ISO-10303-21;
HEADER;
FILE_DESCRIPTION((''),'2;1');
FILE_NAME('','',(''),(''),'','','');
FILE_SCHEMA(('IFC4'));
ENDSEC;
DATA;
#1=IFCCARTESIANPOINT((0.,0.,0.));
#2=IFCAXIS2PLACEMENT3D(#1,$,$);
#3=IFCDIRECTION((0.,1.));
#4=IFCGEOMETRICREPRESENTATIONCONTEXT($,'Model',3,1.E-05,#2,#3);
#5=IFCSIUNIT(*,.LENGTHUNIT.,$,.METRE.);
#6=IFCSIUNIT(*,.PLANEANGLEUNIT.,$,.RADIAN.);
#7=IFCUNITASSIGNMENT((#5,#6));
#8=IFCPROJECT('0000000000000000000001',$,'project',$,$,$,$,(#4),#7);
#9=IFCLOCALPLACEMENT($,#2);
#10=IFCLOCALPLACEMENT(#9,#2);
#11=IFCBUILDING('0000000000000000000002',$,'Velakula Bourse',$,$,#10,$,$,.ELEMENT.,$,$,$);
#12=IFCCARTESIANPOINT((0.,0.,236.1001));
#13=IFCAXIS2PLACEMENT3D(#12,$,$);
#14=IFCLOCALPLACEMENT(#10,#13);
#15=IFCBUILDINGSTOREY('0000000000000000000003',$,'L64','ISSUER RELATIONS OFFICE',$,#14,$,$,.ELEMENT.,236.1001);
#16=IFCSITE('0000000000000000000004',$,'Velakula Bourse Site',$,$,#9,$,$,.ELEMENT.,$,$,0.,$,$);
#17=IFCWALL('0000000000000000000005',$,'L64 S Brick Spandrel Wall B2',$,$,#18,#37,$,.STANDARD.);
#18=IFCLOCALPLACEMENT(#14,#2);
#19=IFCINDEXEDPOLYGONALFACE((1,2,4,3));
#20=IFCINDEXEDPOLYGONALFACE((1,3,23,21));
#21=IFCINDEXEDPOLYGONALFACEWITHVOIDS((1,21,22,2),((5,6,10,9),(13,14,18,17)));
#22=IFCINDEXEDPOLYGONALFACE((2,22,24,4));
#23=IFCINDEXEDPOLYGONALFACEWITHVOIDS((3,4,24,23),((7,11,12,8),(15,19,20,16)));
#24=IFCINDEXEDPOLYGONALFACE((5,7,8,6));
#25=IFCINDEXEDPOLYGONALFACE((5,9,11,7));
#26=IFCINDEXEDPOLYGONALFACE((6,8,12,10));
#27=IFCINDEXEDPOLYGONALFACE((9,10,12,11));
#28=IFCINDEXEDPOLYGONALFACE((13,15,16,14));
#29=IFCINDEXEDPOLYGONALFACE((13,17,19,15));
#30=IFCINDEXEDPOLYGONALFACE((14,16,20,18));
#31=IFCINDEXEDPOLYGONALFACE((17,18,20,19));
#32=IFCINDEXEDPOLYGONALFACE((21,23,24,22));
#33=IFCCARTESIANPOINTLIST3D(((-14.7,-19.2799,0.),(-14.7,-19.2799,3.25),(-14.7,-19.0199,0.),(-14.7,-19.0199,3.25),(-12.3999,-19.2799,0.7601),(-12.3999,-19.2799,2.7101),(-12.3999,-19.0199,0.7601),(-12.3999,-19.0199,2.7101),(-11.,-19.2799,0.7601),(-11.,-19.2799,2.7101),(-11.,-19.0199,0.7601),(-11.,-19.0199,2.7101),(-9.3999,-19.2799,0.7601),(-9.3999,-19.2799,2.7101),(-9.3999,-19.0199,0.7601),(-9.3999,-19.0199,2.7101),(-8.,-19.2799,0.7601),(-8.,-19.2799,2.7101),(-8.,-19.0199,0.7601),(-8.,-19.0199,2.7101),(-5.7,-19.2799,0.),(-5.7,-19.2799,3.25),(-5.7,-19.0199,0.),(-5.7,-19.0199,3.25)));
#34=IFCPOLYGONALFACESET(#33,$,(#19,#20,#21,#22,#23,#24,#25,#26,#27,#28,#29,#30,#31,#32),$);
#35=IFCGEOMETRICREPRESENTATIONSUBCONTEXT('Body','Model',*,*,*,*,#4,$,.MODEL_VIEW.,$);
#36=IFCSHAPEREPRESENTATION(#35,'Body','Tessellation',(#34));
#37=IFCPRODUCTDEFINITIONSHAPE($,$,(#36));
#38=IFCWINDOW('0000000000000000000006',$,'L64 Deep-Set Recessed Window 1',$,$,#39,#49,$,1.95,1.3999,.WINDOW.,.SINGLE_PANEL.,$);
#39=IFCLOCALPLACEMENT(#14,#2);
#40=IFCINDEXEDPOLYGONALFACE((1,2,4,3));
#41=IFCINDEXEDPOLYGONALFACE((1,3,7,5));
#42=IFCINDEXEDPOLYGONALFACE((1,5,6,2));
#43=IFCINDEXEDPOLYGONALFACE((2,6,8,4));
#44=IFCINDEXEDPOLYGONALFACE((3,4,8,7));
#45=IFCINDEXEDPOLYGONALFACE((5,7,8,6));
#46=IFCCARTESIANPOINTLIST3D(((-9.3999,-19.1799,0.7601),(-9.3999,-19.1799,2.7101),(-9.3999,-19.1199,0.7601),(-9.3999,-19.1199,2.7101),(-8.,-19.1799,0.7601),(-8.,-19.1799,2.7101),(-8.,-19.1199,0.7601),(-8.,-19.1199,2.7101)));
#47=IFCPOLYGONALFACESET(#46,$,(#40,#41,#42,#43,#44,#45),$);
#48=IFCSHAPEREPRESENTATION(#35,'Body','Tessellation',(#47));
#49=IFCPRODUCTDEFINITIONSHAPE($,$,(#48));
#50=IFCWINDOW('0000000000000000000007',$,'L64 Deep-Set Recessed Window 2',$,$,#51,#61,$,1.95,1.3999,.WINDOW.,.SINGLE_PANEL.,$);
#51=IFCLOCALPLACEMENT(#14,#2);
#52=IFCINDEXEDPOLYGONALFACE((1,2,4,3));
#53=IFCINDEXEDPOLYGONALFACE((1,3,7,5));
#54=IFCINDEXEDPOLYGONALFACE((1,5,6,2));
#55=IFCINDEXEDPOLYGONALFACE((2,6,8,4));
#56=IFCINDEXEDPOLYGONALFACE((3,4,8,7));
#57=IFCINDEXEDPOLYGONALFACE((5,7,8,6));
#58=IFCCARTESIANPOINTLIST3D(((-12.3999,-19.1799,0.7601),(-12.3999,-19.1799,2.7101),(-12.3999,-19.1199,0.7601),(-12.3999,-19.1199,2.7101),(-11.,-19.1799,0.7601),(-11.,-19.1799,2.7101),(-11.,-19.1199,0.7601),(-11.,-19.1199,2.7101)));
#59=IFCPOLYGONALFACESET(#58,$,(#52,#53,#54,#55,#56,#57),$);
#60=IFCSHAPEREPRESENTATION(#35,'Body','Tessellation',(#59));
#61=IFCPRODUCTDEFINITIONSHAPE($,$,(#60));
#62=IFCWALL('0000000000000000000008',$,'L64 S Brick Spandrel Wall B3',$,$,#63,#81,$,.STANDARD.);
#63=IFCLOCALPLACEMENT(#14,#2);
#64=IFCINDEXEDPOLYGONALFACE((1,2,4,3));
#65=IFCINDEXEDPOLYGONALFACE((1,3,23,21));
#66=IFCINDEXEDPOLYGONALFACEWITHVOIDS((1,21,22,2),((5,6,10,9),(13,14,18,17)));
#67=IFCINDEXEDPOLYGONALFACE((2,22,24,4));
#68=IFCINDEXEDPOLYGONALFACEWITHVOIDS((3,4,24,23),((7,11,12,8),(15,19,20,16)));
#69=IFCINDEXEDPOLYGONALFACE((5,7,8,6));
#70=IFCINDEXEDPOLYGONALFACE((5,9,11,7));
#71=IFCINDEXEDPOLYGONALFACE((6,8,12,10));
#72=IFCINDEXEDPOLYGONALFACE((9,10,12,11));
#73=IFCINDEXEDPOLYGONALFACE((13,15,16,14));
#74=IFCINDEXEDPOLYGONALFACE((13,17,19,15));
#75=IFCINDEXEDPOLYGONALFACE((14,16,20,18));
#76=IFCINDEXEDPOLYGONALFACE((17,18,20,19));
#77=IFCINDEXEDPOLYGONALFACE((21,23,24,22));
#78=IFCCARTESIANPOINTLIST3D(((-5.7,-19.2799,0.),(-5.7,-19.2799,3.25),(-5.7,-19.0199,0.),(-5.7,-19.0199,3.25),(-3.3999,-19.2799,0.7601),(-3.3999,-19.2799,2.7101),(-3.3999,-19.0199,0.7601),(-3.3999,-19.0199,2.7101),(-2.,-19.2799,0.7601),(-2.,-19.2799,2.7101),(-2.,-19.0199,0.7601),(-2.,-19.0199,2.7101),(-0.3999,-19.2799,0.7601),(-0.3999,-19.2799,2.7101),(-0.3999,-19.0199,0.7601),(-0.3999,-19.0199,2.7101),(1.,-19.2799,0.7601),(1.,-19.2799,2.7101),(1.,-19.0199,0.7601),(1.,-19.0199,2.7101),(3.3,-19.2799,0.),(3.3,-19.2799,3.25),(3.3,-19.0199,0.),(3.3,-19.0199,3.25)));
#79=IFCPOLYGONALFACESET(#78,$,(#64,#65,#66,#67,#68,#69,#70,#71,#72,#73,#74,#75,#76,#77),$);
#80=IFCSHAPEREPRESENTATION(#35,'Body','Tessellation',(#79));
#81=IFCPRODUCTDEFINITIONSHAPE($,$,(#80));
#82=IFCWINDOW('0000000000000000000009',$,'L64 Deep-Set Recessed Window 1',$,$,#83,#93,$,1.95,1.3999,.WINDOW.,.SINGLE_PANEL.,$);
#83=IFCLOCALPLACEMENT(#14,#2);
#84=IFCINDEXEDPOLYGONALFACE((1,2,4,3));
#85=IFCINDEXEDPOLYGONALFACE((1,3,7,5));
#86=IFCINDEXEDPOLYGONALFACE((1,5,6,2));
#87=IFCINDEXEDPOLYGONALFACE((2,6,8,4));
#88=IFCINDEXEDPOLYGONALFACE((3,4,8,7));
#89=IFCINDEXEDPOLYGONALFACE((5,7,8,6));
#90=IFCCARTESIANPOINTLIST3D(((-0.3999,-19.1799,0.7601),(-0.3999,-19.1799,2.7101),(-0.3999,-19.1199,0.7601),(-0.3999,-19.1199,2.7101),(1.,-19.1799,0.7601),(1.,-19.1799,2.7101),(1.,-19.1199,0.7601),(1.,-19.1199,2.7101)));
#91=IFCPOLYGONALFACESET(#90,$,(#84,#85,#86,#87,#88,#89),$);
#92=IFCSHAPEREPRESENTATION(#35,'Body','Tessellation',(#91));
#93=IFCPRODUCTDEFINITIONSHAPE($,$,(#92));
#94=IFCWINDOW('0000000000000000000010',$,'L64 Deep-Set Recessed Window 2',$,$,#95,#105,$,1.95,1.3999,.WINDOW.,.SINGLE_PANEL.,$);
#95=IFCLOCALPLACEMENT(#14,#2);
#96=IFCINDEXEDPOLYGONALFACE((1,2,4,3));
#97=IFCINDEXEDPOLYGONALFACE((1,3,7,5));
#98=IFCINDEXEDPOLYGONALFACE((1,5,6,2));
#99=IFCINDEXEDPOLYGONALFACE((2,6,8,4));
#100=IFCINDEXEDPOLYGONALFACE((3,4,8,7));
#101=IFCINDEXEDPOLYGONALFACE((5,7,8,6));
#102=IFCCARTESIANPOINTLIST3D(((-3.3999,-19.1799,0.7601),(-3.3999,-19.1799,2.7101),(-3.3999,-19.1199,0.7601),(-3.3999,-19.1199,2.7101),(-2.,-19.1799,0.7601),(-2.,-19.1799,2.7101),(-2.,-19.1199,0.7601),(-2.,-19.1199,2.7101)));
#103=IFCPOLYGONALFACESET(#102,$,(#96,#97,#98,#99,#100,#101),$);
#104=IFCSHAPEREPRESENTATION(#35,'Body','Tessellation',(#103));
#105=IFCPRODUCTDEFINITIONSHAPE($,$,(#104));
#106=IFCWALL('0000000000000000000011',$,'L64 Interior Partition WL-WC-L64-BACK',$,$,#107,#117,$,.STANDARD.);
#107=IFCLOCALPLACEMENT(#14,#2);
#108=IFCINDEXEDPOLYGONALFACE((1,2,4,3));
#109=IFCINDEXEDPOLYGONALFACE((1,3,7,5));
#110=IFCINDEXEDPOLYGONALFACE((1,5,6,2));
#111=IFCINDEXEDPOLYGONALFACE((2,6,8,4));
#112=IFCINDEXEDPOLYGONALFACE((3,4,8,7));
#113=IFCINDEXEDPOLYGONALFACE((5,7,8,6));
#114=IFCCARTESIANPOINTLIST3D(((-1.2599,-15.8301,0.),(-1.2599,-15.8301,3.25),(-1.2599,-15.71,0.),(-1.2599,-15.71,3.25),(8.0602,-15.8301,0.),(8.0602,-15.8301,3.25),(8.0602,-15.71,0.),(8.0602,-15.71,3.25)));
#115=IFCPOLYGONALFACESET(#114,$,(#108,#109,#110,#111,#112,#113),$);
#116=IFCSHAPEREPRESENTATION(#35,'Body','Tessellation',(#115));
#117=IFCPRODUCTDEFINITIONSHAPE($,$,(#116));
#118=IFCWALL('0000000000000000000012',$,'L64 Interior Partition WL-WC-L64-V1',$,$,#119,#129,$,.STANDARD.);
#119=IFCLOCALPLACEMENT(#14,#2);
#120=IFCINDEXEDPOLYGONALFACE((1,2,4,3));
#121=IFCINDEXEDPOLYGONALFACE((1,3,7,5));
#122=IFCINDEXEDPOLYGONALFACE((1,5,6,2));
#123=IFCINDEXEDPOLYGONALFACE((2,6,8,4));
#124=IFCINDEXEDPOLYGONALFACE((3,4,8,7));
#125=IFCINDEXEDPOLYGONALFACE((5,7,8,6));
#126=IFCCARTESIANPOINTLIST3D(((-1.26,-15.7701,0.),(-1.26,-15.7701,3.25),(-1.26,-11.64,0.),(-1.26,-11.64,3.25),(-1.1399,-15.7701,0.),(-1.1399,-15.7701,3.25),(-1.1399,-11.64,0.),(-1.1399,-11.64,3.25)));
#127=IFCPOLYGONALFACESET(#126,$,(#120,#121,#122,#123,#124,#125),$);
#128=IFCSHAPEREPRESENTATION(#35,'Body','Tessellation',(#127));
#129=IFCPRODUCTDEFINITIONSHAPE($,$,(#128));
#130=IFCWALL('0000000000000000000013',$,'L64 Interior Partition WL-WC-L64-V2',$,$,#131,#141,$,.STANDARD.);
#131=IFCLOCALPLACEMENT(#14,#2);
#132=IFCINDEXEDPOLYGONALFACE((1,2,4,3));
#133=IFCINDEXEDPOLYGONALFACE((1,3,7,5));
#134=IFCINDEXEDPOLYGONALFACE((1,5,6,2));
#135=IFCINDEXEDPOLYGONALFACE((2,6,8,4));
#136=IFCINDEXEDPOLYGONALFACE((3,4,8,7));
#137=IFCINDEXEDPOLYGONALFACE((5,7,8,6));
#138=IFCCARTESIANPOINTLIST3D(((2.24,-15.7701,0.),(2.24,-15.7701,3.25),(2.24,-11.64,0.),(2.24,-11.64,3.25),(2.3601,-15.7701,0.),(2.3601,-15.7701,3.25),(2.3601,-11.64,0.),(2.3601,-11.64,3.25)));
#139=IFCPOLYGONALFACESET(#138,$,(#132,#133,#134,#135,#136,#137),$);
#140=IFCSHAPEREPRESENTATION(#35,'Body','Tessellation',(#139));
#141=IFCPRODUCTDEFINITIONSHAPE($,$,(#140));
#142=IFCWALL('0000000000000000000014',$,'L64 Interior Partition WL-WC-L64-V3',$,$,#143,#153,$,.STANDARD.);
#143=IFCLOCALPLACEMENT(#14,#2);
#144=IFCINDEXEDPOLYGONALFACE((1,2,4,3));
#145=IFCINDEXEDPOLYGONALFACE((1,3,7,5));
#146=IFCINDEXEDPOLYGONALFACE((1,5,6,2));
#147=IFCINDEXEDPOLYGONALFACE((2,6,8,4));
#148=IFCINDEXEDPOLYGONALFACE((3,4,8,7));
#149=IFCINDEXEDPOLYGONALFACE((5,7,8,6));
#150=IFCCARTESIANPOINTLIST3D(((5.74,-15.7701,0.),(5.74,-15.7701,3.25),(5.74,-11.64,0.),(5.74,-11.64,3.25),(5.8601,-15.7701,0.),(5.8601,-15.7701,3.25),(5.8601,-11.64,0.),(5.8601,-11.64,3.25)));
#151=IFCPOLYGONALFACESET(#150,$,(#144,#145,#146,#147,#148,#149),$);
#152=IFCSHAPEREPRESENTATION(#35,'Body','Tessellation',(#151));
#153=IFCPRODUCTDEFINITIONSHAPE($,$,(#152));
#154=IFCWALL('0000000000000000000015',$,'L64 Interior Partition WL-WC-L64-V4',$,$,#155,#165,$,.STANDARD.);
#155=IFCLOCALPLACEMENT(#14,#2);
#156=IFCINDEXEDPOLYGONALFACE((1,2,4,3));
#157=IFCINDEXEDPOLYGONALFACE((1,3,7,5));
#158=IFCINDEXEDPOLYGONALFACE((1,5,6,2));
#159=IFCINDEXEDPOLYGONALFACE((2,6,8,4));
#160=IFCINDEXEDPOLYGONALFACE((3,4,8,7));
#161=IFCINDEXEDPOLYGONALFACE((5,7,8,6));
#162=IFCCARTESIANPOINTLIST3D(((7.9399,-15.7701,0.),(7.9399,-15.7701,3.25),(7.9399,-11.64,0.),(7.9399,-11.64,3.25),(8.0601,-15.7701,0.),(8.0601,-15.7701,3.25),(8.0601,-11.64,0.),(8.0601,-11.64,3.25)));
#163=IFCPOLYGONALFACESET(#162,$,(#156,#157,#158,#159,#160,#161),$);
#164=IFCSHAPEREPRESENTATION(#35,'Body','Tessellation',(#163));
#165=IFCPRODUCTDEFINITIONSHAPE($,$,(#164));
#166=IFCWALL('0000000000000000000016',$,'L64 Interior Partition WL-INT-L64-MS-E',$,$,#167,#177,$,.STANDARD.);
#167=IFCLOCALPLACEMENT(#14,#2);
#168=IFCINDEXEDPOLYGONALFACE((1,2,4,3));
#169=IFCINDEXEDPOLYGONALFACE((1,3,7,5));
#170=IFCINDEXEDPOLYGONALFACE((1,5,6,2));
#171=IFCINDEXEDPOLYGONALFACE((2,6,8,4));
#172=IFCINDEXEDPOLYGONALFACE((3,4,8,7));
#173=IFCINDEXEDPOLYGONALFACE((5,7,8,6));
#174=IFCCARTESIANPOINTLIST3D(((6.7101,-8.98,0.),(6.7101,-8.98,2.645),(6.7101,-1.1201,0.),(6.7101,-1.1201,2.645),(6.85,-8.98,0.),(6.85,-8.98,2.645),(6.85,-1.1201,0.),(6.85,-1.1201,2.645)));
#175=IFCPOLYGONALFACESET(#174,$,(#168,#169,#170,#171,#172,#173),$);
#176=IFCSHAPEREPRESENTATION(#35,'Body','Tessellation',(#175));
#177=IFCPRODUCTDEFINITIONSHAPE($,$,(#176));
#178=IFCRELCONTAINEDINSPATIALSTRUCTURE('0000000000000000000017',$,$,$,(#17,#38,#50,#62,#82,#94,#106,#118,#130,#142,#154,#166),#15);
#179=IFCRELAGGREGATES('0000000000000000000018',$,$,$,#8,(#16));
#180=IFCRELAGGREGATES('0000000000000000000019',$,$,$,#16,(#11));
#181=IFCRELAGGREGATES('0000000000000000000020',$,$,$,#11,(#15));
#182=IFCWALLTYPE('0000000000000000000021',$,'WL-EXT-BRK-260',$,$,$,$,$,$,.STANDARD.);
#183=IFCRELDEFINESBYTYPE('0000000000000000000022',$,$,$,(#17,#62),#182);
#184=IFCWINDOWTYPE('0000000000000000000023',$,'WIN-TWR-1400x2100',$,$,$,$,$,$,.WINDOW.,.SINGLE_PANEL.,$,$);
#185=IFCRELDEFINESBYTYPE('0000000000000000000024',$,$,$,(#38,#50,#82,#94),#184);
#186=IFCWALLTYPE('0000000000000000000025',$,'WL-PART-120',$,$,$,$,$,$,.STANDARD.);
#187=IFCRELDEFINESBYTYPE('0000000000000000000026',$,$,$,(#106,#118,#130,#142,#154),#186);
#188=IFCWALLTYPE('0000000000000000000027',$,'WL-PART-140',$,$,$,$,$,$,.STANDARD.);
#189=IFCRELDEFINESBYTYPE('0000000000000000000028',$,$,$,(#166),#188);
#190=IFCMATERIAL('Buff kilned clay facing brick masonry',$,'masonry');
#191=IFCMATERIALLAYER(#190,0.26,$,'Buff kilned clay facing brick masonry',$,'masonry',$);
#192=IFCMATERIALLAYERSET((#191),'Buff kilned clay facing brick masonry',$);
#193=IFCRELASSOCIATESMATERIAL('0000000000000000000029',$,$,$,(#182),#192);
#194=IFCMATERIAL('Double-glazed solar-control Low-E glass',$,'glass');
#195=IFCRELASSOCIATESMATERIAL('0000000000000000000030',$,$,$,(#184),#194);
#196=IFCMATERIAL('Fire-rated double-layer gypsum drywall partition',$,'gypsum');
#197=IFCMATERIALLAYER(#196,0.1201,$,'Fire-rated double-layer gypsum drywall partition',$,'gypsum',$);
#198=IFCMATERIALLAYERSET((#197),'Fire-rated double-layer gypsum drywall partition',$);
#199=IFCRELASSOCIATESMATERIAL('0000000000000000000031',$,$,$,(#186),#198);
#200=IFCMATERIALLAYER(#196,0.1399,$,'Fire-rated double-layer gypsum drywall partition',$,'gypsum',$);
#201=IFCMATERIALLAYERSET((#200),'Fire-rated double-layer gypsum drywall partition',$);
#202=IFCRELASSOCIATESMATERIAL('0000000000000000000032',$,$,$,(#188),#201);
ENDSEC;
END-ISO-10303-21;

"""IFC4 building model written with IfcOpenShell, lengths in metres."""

from ifc_helpers import new_model, si_unit, direction, frame, frame_2d, origin, place, context, subcontext, project, spatial, rectangle, extrude, material, layer, layer_set, type_object, element, fill, save


model = new_model("IFC4")

# Units and contexts
model_context = context("Model", 3, precision=1e-05, world=origin(), true_north=direction((0.0, 1.0)))
body_context = subcontext(model_context, "Body", "Model", "MODEL_VIEW")
ifc_project = project(units=[si_unit("LENGTHUNIT", "METRE"), si_unit("PLANEANGLEUNIT", "RADIAN")], contexts=[model_context])

# Site, building, storey
site_placement = place(None, origin())
site = spatial("IfcSite", under=ifc_project, at=site_placement, Name="Velakula Bourse Site", CompositionType="ELEMENT", RefElevation=0.0)
building_placement = place(site_placement, origin())
building = spatial("IfcBuilding", under=site, at=building_placement, Name="Velakula Bourse", CompositionType="ELEMENT")
storey_placement = place(building_placement, frame((0.0, 0.0, 236.1001)))
storey = spatial("IfcBuildingStorey", under=building, at=storey_placement, Name="L64", Description="ISSUER RELATIONS OFFICE", CompositionType="ELEMENT", Elevation=236.1001)

# Walls, openings, windows
ifc_material_1 = material(Name="Buff kilned clay facing brick masonry", Category="masonry")
ifc_layer_1 = layer(ifc_material_1, 0.26, Name="Buff kilned clay facing brick masonry", Category="masonry")
ifc_layer_set_1 = layer_set([ifc_layer_1], Name="Buff kilned clay facing brick masonry")
wall_type_1 = type_object("IfcWallType", Name="WL-EXT-BRK-260", PredefinedType="STANDARD", material=ifc_layer_set_1)
wall_1_placement = place(storey_placement, frame((-5.7, -19.1499, 0.0), z_axis=(0.0, 0.0, 1.0), x_axis=(-1.0, 0.0, 0.0)))
wall_1 = element("IfcWall", 1, at=wall_1_placement, inside=storey, type_object=wall_type_1, Name="L64 S Brick Spandrel Wall B2", PredefinedType="STANDARD", context=body_context, shape_type="SweptSolid", body=[
    extrude(rectangle(XDim=9.0, YDim=0.26, at=frame_2d((4.5, 0.0))), origin(), (0.0, 0.0, 1.0), 3.25),
])
opening_1_placement = place(wall_1_placement, frame((2.3, 0.0, 0.76)))
opening_1 = element("IfcOpeningElement", 2, at=opening_1_placement, cuts=wall_1, PredefinedType="OPENING", context=body_context, shape_type="SweptSolid", body=[
    extrude(rectangle(XDim=1.3999, YDim=1.95, at=frame_2d((0.7, 0.9751))), frame((0.0, 0.1399, 0.0), z_axis=(0.0, -1.0, 0.0), x_axis=(1.0, 0.0, 0.0)), (0.0, 0.0, 1.0), 0.28),
])
opening_2_placement = place(wall_1_placement, frame((5.3, 0.0, 0.76)))
opening_2 = element("IfcOpeningElement", 3, at=opening_2_placement, cuts=wall_1, PredefinedType="OPENING", context=body_context, shape_type="SweptSolid", body=[
    extrude(rectangle(XDim=1.3999, YDim=1.95, at=frame_2d((0.7, 0.9751))), frame((0.0, 0.1399, 0.0), z_axis=(0.0, -1.0, 0.0), x_axis=(1.0, 0.0, 0.0)), (0.0, 0.0, 1.0), 0.28),
])
ifc_material_2 = material(Name="Double-glazed solar-control Low-E glass", Category="glass")
window_type = type_object("IfcWindowType", Name="WIN-TWR-1400x2100", PartitioningType="SINGLE_PANEL", PredefinedType="WINDOW", material=ifc_material_2)
window_1_placement = place(opening_1_placement, origin())
window_1 = element("IfcWindow", 4, at=window_1_placement, inside=storey, type_object=window_type, Name="L64 Deep-Set Recessed Window 1", OverallHeight=1.95, OverallWidth=1.3999, PartitioningType="SINGLE_PANEL", PredefinedType="WINDOW", context=body_context, shape_type="SweptSolid", body=[
    extrude(rectangle(XDim=1.3999, YDim=1.95, at=frame_2d((0.7, 0.9751))), frame((0.0, 0.03, 0.0), z_axis=(0.0, -1.0, 0.0), x_axis=(1.0, 0.0, 0.0)), (0.0, 0.0, 1.0), 0.0601),
])
fill(opening_1, window_1)
window_2_placement = place(opening_2_placement, origin())
window_2 = element("IfcWindow", 5, at=window_2_placement, inside=storey, type_object=window_type, Name="L64 Deep-Set Recessed Window 2", OverallHeight=1.95, OverallWidth=1.3999, PartitioningType="SINGLE_PANEL", PredefinedType="WINDOW", context=body_context, shape_type="SweptSolid", body=[
    extrude(rectangle(XDim=1.3999, YDim=1.95, at=frame_2d((0.7, 0.9751))), frame((0.0, 0.03, 0.0), z_axis=(0.0, -1.0, 0.0), x_axis=(1.0, 0.0, 0.0)), (0.0, 0.0, 1.0), 0.0601),
])
fill(opening_2, window_2)
wall_2_placement = place(storey_placement, frame((3.3, -19.1499, 0.0), z_axis=(0.0, 0.0, 1.0), x_axis=(-1.0, 0.0, 0.0)))
wall_2 = element("IfcWall", 6, at=wall_2_placement, inside=storey, type_object=wall_type_1, Name="L64 S Brick Spandrel Wall B3", PredefinedType="STANDARD", context=body_context, shape_type="SweptSolid", body=[
    extrude(rectangle(XDim=9.0, YDim=0.26, at=frame_2d((4.5, 0.0))), origin(), (0.0, 0.0, 1.0), 3.25),
])
opening_3_placement = place(wall_2_placement, frame((2.3, 0.0, 0.76)))
opening_3 = element("IfcOpeningElement", 7, at=opening_3_placement, cuts=wall_2, PredefinedType="OPENING", context=body_context, shape_type="SweptSolid", body=[
    extrude(rectangle(XDim=1.3999, YDim=1.95, at=frame_2d((0.7, 0.9751))), frame((0.0, 0.1399, 0.0), z_axis=(0.0, -1.0, 0.0), x_axis=(1.0, 0.0, 0.0)), (0.0, 0.0, 1.0), 0.28),
])
opening_4_placement = place(wall_2_placement, frame((5.3, 0.0, 0.76)))
opening_4 = element("IfcOpeningElement", 8, at=opening_4_placement, cuts=wall_2, PredefinedType="OPENING", context=body_context, shape_type="SweptSolid", body=[
    extrude(rectangle(XDim=1.3999, YDim=1.95, at=frame_2d((0.7, 0.9751))), frame((0.0, 0.1399, 0.0), z_axis=(0.0, -1.0, 0.0), x_axis=(1.0, 0.0, 0.0)), (0.0, 0.0, 1.0), 0.28),
])
window_3_placement = place(opening_3_placement, origin())
window_3 = element("IfcWindow", 9, at=window_3_placement, inside=storey, type_object=window_type, Name="L64 Deep-Set Recessed Window 1", OverallHeight=1.95, OverallWidth=1.3999, PartitioningType="SINGLE_PANEL", PredefinedType="WINDOW", context=body_context, shape_type="SweptSolid", body=[
    extrude(rectangle(XDim=1.3999, YDim=1.95, at=frame_2d((0.7, 0.9751))), frame((0.0, 0.03, 0.0), z_axis=(0.0, -1.0, 0.0), x_axis=(1.0, 0.0, 0.0)), (0.0, 0.0, 1.0), 0.0601),
])
fill(opening_3, window_3)
window_4_placement = place(opening_4_placement, origin())
window_4 = element("IfcWindow", 10, at=window_4_placement, inside=storey, type_object=window_type, Name="L64 Deep-Set Recessed Window 2", OverallHeight=1.95, OverallWidth=1.3999, PartitioningType="SINGLE_PANEL", PredefinedType="WINDOW", context=body_context, shape_type="SweptSolid", body=[
    extrude(rectangle(XDim=1.3999, YDim=1.95, at=frame_2d((0.7, 0.9751))), frame((0.0, 0.03, 0.0), z_axis=(0.0, -1.0, 0.0), x_axis=(1.0, 0.0, 0.0)), (0.0, 0.0, 1.0), 0.0601),
])
fill(opening_4, window_4)

# Walls
ifc_material_3 = material(Name="Fire-rated double-layer gypsum drywall partition", Category="gypsum")
ifc_layer_2 = layer(ifc_material_3, 0.1201, Name="Fire-rated double-layer gypsum drywall partition", Category="gypsum")
ifc_layer_set_2 = layer_set([ifc_layer_2], Name="Fire-rated double-layer gypsum drywall partition")
wall_type_2 = type_object("IfcWallType", Name="WL-PART-120", PredefinedType="STANDARD", material=ifc_layer_set_2)
wall_3_placement = place(storey_placement, frame((-1.26, -15.77, 0.0), z_axis=(0.0, 0.0, 1.0), x_axis=(1.0, 0.0, 0.0)))
element("IfcWall", 11, at=wall_3_placement, inside=storey, type_object=wall_type_2, Name="L64 Interior Partition WL-WC-L64-BACK", PredefinedType="STANDARD", context=body_context, shape_type="SweptSolid", body=[
    extrude(rectangle(XDim=9.3201, YDim=0.1201, at=frame_2d((4.6602, 0.0))), origin(), (0.0, 0.0, 1.0), 3.25),
])
for number, where, z_axis, x_axis, name in (
    (12, (-1.2, -15.77, 0.0), (0.0, 0.0, 1.0), (0.0, 1.0, 0.0), "L64 Interior Partition WL-WC-L64-V1"),
    (13, (2.3, -15.77, 0.0), (0.0, 0.0, 1.0), (0.0, 1.0, 0.0), "L64 Interior Partition WL-WC-L64-V2"),
    (14, (5.8, -15.77, 0.0), (0.0, 0.0, 1.0), (0.0, 1.0, 0.0), "L64 Interior Partition WL-WC-L64-V3"),
    (15, (8.0, -15.77, 0.0), (0.0, 0.0, 1.0), (0.0, 1.0, 0.0), "L64 Interior Partition WL-WC-L64-V4"),
):
    element("IfcWall", number, at=place(storey_placement, frame(where, z_axis=z_axis, x_axis=x_axis)), inside=storey, type_object=wall_type_2, Name=name, PredefinedType="STANDARD", context=body_context, shape_type="SweptSolid", body=[
        extrude(rectangle(XDim=4.1301, YDim=0.1201, at=frame_2d((2.0649, 0.0))), origin(), (0.0, 0.0, 1.0), 3.25),
    ])
ifc_layer_3 = layer(ifc_material_3, 0.1399, Name="Fire-rated double-layer gypsum drywall partition", Category="gypsum")
ifc_layer_set_3 = layer_set([ifc_layer_3], Name="Fire-rated double-layer gypsum drywall partition")
wall_type_3 = type_object("IfcWallType", Name="WL-PART-140", PredefinedType="STANDARD", material=ifc_layer_set_3)
wall_4_placement = place(storey_placement, frame((6.78, -8.98, 0.0), z_axis=(0.0, 0.0, 1.0), x_axis=(0.0, 1.0, 0.0)))
element("IfcWall", 16, at=wall_4_placement, inside=storey, type_object=wall_type_3, Name="L64 Interior Partition WL-INT-L64-MS-E", PredefinedType="STANDARD", context=body_context, shape_type="SweptSolid", body=[
    extrude(rectangle(XDim=7.8599, YDim=0.1399, at=frame_2d((3.9299, 0.0))), origin(), (0.0, 0.0, 1.0), 2.645),
])

save(model, "model.ifc")
